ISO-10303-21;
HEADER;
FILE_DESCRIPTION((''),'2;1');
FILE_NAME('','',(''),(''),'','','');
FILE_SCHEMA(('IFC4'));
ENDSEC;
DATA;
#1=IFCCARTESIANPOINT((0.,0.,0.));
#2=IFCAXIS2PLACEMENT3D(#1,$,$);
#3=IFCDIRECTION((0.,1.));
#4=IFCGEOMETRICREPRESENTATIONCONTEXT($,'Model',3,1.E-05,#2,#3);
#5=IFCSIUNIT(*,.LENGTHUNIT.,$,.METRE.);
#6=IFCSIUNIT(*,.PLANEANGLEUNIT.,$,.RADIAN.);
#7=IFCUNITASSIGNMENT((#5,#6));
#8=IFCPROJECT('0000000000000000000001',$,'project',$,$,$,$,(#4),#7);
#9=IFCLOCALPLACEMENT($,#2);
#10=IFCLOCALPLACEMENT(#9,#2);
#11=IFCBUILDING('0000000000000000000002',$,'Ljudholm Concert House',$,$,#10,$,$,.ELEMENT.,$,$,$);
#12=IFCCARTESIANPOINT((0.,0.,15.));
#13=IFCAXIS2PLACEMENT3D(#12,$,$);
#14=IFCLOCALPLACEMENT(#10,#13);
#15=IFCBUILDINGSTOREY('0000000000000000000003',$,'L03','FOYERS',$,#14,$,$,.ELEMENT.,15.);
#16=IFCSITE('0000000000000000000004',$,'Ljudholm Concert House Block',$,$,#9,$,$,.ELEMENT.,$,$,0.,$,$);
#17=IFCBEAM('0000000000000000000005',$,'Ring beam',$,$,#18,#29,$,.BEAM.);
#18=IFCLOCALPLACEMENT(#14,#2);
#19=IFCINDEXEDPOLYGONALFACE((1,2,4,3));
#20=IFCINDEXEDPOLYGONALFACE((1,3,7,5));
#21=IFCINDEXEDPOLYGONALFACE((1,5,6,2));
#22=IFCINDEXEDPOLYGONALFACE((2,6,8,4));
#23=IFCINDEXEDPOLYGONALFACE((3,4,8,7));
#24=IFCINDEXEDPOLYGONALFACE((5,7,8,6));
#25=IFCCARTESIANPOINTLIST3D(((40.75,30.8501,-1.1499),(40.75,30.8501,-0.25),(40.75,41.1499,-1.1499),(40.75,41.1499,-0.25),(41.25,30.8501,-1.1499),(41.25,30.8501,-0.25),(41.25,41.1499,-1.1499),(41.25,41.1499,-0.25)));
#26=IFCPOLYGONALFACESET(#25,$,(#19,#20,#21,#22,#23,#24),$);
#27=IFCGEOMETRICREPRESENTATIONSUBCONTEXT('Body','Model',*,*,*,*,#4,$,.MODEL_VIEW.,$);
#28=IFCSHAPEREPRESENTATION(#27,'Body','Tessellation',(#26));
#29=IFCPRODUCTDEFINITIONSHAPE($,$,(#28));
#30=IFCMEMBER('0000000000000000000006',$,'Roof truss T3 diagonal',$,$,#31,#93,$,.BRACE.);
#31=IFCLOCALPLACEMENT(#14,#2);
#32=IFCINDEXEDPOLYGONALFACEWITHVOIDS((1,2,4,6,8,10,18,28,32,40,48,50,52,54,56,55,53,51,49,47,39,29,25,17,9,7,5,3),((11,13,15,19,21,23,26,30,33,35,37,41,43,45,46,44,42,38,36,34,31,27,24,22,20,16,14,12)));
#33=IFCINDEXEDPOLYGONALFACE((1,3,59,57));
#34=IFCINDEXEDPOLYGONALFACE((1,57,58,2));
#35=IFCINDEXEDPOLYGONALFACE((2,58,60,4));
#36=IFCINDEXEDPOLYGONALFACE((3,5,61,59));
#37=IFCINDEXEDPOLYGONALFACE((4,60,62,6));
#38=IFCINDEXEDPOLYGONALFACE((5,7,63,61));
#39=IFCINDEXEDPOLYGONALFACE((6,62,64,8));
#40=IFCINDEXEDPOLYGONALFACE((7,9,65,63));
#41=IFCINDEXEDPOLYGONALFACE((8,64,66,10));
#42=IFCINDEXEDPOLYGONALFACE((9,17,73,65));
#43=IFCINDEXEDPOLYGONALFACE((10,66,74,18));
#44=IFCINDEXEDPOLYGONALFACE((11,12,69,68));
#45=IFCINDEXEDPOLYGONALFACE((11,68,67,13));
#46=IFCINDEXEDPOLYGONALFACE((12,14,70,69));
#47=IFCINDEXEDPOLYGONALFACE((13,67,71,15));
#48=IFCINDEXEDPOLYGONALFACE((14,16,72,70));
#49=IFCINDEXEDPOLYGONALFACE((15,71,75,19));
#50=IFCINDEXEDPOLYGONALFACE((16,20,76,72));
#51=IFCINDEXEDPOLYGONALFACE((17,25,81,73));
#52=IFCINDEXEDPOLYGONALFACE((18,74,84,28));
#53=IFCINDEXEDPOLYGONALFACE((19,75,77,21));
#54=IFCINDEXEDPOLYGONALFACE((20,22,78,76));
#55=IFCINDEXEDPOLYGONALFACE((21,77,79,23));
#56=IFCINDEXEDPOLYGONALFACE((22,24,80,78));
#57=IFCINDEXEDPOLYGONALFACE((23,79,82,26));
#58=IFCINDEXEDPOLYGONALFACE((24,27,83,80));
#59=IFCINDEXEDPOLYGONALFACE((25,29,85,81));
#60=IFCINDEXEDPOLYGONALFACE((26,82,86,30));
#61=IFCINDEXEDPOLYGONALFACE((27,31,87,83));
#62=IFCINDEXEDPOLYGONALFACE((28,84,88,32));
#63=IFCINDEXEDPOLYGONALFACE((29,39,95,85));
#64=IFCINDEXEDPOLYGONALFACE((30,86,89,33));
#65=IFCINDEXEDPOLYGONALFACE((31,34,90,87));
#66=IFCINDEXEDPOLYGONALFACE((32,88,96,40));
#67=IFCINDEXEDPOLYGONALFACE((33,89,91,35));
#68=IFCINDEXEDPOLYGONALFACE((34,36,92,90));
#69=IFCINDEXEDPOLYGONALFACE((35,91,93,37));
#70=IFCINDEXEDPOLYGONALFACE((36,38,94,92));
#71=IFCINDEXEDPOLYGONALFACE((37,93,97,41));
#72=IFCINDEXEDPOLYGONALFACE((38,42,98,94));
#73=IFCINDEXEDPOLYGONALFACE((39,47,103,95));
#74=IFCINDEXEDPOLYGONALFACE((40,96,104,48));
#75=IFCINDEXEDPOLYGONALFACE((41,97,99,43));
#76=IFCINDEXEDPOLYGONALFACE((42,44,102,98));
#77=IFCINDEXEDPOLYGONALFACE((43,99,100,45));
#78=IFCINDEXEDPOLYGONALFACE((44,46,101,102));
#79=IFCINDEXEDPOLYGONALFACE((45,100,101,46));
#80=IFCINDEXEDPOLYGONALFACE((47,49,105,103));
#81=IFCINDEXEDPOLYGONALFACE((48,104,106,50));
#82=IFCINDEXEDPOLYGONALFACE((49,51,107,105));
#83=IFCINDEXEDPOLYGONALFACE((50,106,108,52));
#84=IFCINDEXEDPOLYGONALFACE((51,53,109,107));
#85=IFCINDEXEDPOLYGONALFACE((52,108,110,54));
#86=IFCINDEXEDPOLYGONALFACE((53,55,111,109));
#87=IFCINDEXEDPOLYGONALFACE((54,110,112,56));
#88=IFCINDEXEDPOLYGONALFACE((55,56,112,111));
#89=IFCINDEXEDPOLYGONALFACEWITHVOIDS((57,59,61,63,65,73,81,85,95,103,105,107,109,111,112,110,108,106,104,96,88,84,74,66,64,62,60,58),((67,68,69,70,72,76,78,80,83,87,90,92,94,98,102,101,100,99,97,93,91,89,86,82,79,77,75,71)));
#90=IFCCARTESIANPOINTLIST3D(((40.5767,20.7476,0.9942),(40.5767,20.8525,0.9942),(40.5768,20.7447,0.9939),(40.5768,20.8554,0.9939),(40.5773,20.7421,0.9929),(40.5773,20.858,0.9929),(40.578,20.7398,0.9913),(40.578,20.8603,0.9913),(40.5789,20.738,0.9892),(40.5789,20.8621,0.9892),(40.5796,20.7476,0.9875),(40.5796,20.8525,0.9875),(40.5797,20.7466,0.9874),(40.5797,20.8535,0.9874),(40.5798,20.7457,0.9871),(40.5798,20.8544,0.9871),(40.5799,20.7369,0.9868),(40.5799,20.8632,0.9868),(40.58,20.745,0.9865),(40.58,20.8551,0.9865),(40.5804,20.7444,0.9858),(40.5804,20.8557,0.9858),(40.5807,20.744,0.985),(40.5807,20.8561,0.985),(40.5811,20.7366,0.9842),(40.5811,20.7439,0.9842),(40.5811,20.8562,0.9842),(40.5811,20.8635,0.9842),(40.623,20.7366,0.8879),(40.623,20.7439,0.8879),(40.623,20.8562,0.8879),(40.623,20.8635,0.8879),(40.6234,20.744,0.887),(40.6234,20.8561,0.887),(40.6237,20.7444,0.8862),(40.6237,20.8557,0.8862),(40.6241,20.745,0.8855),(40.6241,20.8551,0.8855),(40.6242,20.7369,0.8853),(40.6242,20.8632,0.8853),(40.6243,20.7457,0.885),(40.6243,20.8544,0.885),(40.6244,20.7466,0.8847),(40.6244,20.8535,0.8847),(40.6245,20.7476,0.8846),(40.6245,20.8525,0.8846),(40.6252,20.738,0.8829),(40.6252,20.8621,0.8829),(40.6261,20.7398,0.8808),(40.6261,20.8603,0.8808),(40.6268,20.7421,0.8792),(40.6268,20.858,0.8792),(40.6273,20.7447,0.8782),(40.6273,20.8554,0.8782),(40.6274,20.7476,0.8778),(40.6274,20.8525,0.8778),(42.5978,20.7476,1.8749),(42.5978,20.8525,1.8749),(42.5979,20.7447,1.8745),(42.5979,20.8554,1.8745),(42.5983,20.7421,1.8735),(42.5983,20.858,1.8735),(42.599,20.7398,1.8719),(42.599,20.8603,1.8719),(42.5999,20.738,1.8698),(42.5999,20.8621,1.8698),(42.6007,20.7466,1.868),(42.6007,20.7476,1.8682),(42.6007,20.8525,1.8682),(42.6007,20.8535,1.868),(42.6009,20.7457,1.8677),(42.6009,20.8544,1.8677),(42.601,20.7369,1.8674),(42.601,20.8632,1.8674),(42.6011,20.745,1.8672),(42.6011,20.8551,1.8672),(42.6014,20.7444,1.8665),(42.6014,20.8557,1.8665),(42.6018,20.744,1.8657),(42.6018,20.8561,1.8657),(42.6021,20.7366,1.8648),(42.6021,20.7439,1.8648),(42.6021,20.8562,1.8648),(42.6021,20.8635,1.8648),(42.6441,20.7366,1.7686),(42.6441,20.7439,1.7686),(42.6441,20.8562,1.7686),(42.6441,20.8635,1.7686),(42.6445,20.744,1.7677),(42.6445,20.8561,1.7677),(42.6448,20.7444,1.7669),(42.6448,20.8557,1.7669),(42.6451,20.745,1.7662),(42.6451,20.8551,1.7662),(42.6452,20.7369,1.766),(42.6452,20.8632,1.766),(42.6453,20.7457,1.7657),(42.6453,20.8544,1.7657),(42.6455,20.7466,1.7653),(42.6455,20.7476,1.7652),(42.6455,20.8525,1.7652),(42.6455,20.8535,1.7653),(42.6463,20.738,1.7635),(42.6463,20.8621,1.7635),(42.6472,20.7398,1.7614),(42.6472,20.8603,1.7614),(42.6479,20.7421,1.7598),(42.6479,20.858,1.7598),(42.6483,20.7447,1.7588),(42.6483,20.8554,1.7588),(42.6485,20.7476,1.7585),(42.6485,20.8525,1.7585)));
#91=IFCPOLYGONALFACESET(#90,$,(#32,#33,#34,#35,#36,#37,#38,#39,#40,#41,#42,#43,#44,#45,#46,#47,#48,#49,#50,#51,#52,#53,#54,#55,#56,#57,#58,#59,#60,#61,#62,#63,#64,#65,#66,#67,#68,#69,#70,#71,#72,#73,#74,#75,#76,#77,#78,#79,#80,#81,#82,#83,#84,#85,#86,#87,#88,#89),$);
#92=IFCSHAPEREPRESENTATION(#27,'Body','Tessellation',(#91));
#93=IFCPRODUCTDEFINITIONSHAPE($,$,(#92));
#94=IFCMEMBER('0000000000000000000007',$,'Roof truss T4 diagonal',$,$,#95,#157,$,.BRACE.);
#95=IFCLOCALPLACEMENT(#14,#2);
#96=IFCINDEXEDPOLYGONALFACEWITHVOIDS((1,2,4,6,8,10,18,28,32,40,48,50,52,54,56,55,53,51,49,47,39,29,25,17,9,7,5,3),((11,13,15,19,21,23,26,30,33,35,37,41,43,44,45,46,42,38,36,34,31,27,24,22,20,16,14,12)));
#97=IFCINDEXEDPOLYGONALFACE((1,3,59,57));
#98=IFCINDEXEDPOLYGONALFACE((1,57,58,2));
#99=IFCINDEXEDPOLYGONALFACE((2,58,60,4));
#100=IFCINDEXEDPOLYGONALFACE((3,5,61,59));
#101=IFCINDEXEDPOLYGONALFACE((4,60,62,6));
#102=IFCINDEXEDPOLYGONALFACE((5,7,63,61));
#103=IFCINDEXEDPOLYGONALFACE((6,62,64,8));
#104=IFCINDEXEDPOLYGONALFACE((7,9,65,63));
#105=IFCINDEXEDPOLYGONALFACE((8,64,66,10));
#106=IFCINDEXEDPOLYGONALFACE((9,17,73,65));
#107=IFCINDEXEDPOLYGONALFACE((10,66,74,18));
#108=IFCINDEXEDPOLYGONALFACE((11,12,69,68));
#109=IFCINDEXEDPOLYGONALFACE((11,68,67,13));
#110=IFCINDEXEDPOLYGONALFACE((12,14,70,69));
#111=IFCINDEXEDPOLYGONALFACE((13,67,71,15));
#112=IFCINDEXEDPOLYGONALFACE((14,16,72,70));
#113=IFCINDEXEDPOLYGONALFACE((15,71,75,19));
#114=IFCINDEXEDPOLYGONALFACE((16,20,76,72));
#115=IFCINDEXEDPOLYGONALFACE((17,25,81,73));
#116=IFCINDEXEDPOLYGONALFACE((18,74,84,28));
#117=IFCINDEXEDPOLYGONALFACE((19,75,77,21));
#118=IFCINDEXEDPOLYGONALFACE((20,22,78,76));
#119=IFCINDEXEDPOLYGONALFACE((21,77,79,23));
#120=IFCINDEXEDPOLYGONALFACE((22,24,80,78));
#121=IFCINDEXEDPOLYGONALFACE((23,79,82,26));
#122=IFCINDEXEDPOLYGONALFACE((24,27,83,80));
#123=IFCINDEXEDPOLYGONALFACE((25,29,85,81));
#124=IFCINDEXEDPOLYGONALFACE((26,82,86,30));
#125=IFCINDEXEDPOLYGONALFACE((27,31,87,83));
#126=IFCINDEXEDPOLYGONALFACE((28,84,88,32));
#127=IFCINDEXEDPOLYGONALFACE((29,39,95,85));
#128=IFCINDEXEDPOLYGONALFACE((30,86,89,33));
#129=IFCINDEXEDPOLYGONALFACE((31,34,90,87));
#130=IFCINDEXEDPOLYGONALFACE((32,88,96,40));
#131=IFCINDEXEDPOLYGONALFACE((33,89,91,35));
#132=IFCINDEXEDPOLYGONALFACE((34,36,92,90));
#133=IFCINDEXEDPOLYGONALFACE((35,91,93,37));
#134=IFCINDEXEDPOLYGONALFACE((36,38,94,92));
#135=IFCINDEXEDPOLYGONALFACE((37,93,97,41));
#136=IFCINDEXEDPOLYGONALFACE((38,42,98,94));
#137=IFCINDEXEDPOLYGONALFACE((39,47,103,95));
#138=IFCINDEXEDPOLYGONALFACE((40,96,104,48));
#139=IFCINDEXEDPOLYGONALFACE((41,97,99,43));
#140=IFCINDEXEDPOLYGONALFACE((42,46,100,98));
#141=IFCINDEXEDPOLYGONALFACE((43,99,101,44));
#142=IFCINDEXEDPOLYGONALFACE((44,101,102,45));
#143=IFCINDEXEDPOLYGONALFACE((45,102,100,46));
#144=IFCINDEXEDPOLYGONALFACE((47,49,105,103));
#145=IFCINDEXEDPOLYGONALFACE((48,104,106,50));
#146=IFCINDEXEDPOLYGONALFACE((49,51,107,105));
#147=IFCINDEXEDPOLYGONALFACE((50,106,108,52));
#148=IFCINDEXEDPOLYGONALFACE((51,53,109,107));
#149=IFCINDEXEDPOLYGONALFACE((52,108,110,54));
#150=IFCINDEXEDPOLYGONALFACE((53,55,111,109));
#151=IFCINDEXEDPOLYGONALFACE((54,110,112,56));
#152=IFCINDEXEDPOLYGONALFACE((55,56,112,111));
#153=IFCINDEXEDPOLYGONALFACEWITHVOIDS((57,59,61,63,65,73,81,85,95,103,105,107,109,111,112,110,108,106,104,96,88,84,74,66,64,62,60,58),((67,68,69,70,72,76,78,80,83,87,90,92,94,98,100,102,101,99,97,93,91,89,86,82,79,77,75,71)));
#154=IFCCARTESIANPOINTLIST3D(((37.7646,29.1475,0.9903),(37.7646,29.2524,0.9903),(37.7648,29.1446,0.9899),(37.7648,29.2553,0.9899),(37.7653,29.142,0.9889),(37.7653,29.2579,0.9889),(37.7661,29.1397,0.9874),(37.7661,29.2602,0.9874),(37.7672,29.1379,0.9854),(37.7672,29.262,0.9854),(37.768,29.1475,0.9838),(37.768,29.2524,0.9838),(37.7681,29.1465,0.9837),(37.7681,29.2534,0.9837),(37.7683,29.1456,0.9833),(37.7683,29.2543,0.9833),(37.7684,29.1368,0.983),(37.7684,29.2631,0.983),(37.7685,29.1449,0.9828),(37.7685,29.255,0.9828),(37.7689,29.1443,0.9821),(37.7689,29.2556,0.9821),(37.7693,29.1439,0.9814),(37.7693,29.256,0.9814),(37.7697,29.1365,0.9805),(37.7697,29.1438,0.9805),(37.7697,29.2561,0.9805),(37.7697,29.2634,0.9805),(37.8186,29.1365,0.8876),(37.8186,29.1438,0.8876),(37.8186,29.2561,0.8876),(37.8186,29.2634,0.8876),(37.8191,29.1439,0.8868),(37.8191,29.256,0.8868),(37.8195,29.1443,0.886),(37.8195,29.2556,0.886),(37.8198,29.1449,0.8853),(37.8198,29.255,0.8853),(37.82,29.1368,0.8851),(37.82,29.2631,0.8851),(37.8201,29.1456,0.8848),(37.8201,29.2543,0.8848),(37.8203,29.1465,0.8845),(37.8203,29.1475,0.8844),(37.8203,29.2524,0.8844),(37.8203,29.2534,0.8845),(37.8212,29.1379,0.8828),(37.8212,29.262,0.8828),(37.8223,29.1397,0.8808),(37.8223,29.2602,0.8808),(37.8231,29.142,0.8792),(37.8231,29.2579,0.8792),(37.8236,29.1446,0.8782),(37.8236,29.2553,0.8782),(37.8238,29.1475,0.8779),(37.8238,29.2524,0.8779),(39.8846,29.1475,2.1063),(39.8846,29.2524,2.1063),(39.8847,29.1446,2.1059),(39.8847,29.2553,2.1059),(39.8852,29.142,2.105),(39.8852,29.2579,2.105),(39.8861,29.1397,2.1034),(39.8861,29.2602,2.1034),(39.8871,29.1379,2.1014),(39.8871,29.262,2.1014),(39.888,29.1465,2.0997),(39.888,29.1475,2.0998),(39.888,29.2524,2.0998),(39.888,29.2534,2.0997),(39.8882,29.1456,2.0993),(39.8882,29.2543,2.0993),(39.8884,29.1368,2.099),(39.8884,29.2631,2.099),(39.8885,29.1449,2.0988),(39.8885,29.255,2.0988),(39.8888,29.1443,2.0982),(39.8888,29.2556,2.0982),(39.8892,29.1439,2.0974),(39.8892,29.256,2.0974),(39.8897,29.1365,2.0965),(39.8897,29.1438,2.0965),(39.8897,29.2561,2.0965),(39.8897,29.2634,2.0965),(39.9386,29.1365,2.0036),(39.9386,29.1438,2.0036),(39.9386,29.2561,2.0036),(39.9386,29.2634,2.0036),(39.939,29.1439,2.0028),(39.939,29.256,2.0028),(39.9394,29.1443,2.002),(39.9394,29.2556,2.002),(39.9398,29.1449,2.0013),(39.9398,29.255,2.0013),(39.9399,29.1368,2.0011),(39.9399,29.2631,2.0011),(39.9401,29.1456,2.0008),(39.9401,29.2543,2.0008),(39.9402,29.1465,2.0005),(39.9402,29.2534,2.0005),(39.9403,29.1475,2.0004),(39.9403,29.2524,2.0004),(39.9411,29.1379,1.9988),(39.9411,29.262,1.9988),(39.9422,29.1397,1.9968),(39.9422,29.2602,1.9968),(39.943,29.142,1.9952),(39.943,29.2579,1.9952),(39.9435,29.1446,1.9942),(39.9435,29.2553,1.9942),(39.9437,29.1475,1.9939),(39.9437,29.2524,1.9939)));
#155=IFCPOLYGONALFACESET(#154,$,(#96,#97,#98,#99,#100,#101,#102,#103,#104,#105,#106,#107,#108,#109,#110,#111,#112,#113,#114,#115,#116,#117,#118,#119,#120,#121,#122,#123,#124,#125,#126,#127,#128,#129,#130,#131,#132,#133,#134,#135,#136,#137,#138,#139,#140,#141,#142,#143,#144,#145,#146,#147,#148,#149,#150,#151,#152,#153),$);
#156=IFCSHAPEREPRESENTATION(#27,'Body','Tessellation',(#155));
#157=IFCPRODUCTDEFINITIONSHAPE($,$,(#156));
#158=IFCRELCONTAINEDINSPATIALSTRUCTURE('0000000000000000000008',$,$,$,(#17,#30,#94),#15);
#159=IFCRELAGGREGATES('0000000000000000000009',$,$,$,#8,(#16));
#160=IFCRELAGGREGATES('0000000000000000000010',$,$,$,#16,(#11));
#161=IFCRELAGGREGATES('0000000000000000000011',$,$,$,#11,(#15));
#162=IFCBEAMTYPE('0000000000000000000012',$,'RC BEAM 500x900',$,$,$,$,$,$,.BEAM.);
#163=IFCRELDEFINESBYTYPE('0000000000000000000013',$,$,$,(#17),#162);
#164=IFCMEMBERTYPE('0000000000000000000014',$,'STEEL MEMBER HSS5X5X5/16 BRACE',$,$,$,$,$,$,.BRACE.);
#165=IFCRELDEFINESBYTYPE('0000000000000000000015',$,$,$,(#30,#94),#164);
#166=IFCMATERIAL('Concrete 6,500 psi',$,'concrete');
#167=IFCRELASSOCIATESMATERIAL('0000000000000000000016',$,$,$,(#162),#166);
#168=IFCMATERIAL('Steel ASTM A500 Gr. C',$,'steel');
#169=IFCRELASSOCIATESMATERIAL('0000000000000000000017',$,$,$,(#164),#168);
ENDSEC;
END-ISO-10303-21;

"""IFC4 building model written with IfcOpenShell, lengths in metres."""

from ifc_helpers import new_model, si_unit, direction, frame, origin, origin_2d, place, context, subcontext, project, spatial, rectangle, hollow_rectangle, extrude, material, material_profile, profile_set, type_object, element, save


model = new_model("IFC4")

# Units and contexts
model_context = context("Model", 3, precision=1e-05, world=origin(), true_north=direction((0.0, 1.0)))
body_context = subcontext(model_context, "Body", "Model", "MODEL_VIEW")
ifc_project = project(units=[si_unit("LENGTHUNIT", "METRE"), si_unit("PLANEANGLEUNIT", "RADIAN")], contexts=[model_context])

# Site, building, storey
site_placement = place(None, origin())
site = spatial("IfcSite", under=ifc_project, at=site_placement, Name="Ljudholm Concert House Block", CompositionType="ELEMENT", RefElevation=0.0)
building_placement = place(site_placement, origin())
building = spatial("IfcBuilding", under=site, at=building_placement, Name="Ljudholm Concert House", CompositionType="ELEMENT")
storey_placement = place(building_placement, frame((0.0, 0.0, 15.0)))
storey = spatial("IfcBuildingStorey", under=building, at=storey_placement, Name="L03", Description="FOYERS", CompositionType="ELEMENT", Elevation=15.0)

# Beam
ifc_material_1 = material(Name="Concrete 6,500 psi", Category="concrete")
ifc_material_profile_1 = material_profile(ifc_material_1, rectangle(XDim=0.5, YDim=0.8999, at=origin_2d()), Name="RC BEAM 500x900")
ifc_profile_set_1 = profile_set([ifc_material_profile_1], Name="Concrete 6,500 psi")
beam_type = type_object("IfcBeamType", Name="RC BEAM 500x900", PredefinedType="BEAM", material=ifc_profile_set_1)
beam_placement = place(storey_placement, frame((41.0, 30.8501, -0.7), z_axis=(0.0, 1.0, 0.0), x_axis=(-1.0, 0.0, 0.0)))
element("IfcBeam", 1, at=beam_placement, inside=storey, type_object=beam_type, Name="Ring beam", PredefinedType="BEAM", context=body_context, shape_type="SweptSolid", body=[
    extrude(rectangle(XDim=0.5, YDim=0.8999, at=origin_2d()), origin(), (0.0, 0.0, 1.0), 10.2998),
])

# Members
ifc_material_2 = material(Name="Steel ASTM A500 Gr. C", Category="steel")
ifc_material_profile_2 = material_profile(ifc_material_2, hollow_rectangle(XDim=0.127, YDim=0.127, WallThickness=0.0073, InnerFilletRadius=0.0037, OuterFilletRadius=0.011, at=origin_2d()), Name="HSS5X5X5/16")
ifc_profile_set_2 = profile_set([ifc_material_profile_2], Name="Steel ASTM A500 Gr. C")
member_type_1 = type_object("IfcMemberType", Name="STEEL MEMBER HSS5X5X5/16 BRACE", PredefinedType="BRACE", material=ifc_profile_set_2)
member_1_placement = place(storey_placement, frame((40.6021, 20.8, 0.936), z_axis=(0.916751, 0.0, 0.399459), x_axis=(0.0, 1.0, 0.0)))
element("IfcMember", 2, at=member_1_placement, inside=storey, type_object=member_type_1, Name="Roof truss T3 diagonal", PredefinedType="BRACE", context=body_context, shape_type="SweptSolid", body=[
    extrude(hollow_rectangle(XDim=0.127, YDim=0.127, WallThickness=0.0073, InnerFilletRadius=0.0037, OuterFilletRadius=0.011, at=origin_2d()), origin(), (0.0, 0.0, 1.0), 2.2046),
])
member_2_placement = place(storey_placement, frame((37.7942, 29.2, 0.9341), z_axis=(0.884876, 0.0, 0.465826), x_axis=(0.0, 1.0, 0.0)))
element("IfcMember", 3, at=member_2_placement, inside=storey, type_object=member_type_1, Name="Roof truss T4 diagonal", PredefinedType="BRACE", context=body_context, shape_type="SweptSolid", body=[
    extrude(hollow_rectangle(XDim=0.127, YDim=0.127, WallThickness=0.0073, InnerFilletRadius=0.0037, OuterFilletRadius=0.011, at=origin_2d()), origin(), (0.0, 0.0, 1.0), 2.3958),
])

save(model, "model.ifc")
